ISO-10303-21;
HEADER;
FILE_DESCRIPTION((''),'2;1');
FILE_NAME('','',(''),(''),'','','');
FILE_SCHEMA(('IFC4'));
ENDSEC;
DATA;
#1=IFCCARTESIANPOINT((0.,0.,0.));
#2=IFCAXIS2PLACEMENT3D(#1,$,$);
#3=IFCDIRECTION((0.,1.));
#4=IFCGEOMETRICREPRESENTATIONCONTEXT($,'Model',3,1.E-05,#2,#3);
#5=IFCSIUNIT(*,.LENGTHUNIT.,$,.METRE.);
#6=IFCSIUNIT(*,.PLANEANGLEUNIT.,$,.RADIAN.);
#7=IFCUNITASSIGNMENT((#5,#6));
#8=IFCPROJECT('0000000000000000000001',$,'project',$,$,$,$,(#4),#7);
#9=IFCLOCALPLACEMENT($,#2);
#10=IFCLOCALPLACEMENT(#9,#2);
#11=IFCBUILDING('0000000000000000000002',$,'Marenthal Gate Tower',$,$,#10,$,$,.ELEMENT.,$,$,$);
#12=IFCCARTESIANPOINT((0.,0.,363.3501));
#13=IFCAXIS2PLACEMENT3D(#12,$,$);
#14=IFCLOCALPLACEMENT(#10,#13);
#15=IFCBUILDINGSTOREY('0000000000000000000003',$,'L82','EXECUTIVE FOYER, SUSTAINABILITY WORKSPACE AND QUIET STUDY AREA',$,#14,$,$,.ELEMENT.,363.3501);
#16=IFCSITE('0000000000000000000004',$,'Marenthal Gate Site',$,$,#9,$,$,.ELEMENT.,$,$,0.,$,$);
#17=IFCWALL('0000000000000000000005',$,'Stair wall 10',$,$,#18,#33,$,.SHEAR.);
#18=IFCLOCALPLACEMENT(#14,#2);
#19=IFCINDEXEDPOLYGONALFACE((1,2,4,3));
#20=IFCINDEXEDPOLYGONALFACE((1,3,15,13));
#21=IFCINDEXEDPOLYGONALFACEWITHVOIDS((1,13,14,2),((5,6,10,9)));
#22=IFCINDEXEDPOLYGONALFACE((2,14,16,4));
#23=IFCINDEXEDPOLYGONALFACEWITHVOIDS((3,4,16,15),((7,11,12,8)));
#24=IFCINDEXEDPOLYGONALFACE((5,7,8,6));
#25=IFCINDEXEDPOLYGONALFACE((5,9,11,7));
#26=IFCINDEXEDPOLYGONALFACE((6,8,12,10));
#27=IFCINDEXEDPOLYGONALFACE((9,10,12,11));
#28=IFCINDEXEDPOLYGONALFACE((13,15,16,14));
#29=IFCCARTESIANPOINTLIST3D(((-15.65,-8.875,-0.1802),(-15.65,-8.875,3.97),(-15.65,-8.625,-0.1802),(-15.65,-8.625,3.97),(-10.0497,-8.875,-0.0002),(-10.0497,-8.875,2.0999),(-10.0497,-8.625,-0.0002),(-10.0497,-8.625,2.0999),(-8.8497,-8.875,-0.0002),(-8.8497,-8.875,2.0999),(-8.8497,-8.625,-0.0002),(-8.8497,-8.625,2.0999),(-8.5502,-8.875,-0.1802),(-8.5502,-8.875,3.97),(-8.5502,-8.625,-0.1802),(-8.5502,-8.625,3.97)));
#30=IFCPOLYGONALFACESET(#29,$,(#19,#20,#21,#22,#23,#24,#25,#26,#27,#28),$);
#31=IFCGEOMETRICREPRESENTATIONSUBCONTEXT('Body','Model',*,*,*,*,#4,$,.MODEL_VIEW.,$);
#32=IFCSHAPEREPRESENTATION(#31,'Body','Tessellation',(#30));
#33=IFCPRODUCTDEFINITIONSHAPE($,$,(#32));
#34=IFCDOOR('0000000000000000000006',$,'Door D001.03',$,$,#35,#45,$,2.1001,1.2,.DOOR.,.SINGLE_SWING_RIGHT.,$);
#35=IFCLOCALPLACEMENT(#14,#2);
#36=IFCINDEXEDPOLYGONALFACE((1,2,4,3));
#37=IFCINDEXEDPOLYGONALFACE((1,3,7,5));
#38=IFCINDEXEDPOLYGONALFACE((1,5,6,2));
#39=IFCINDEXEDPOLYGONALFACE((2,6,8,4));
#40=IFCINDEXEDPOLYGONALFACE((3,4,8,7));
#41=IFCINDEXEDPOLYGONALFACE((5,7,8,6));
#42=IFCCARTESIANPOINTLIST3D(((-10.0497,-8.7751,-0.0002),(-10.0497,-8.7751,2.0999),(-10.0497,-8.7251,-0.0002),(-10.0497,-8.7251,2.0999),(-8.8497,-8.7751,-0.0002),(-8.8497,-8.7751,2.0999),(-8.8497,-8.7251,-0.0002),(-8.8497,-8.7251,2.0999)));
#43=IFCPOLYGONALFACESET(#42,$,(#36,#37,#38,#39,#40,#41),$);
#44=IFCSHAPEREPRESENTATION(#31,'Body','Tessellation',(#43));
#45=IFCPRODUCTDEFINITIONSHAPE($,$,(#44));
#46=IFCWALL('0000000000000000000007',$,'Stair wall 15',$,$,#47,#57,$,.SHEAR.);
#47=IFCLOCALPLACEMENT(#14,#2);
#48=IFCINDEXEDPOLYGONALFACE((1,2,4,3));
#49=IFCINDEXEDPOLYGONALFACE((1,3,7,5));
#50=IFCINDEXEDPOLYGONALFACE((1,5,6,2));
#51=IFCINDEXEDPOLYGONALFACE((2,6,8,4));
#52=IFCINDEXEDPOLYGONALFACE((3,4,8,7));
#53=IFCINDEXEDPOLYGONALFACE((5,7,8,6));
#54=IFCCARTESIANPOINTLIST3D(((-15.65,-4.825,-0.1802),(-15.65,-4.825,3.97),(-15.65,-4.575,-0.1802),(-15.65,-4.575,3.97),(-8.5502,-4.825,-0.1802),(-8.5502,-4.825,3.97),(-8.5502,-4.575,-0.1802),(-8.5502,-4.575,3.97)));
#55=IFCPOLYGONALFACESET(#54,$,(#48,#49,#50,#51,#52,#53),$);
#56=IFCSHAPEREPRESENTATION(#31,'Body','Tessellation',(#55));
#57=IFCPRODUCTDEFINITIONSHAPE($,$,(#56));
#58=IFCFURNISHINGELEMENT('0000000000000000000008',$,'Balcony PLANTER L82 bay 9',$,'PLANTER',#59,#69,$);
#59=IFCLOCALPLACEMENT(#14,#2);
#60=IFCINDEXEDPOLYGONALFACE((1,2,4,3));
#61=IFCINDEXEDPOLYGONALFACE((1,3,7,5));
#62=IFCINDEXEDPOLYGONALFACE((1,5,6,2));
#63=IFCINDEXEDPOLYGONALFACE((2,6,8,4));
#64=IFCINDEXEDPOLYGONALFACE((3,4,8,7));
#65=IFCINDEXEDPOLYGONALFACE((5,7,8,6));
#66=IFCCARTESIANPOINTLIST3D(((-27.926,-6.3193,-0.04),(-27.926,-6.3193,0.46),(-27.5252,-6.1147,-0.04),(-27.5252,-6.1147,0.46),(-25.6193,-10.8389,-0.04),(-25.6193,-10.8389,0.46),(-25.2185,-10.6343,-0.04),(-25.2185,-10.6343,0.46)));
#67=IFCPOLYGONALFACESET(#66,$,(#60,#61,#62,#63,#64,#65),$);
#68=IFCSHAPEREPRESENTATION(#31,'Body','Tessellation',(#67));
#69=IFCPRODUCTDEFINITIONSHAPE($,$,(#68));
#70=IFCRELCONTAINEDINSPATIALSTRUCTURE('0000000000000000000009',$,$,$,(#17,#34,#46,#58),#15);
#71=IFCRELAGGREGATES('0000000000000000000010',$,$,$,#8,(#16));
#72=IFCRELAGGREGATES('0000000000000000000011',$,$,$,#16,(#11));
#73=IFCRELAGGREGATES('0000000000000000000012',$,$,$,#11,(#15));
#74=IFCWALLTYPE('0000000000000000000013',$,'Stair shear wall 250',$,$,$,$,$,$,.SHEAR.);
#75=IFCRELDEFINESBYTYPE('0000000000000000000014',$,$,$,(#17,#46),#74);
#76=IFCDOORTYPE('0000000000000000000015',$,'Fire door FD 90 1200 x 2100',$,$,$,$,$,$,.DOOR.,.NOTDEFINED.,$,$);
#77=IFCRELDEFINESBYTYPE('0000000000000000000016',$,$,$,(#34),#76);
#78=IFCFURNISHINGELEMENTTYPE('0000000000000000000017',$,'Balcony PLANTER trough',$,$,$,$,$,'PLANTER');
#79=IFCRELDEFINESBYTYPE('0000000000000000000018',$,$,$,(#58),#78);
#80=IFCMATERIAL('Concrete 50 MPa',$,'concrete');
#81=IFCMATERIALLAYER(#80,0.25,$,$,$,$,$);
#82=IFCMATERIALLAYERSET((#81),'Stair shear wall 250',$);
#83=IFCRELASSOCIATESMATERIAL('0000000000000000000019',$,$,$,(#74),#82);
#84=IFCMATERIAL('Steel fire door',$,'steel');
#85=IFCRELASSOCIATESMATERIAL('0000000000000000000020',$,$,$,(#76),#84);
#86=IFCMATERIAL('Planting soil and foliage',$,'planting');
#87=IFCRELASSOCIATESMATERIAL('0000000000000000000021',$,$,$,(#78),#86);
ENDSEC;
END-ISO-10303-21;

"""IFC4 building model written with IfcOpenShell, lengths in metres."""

from ifc_helpers import new_model, si_unit, direction, frame, frame_2d, origin, origin_2d, place, context, subcontext, project, spatial, rectangle, extrude, material, layer, layer_set, type_object, element, fill, save


model = new_model("IFC4")

# Units and contexts
model_context = context("Model", 3, precision=1e-05, world=origin(), true_north=direction((0.0, 1.0)))
body_context = subcontext(model_context, "Body", "Model", "MODEL_VIEW")
ifc_project = project(units=[si_unit("LENGTHUNIT", "METRE"), si_unit("PLANEANGLEUNIT", "RADIAN")], contexts=[model_context])

# Site, building, storey
site_placement = place(None, origin())
site = spatial("IfcSite", under=ifc_project, at=site_placement, Name="Marenthal Gate Site", CompositionType="ELEMENT", RefElevation=0.0)
building_placement = place(site_placement, origin())
building = spatial("IfcBuilding", under=site, at=building_placement, Name="Marenthal Gate Tower", CompositionType="ELEMENT")
storey_placement = place(building_placement, frame((0.0, 0.0, 363.3501)))
storey = spatial("IfcBuildingStorey", under=building, at=storey_placement, Name="L82", Description="EXECUTIVE FOYER, SUSTAINABILITY WORKSPACE AND QUIET STUDY AREA", CompositionType="ELEMENT", Elevation=363.3501)

# Wall, opening, door
ifc_material_1 = material(Name="Concrete 50 MPa", Category="concrete")
ifc_layer_1 = layer(ifc_material_1, 0.25)
ifc_layer_set_1 = layer_set([ifc_layer_1], Name="Stair shear wall 250")
wall_type_1 = type_object("IfcWallType", Name="Stair shear wall 250", PredefinedType="SHEAR", material=ifc_layer_set_1)
wall_1_placement = place(storey_placement, frame((-15.6499, -8.75, -0.1802), z_axis=(0.0, 0.0, 1.0), x_axis=(1.0, 0.0, 0.0)))
wall_1 = element("IfcWall", 1, at=wall_1_placement, inside=storey, type_object=wall_type_1, Name="Stair wall 10", PredefinedType="SHEAR", context=body_context, shape_type="SweptSolid", body=[
    extrude(rectangle(XDim=7.0999, YDim=0.25, at=frame_2d((3.5498, 0.0))), origin(), (0.0, 0.0, 1.0), 4.1501),
])
opening_1_placement = place(wall_1_placement, frame((5.6001, 0.0, 0.1799)))
opening_1 = element("IfcOpeningElement", 2, at=opening_1_placement, cuts=wall_1, PredefinedType="OPENING", context=body_context, shape_type="SweptSolid", body=[
    extrude(rectangle(XDim=1.2, YDim=2.1001, at=frame_2d((0.6001, 1.05))), frame((0.0, 0.135, 0.0), z_axis=(0.0, -1.0, 0.0), x_axis=(1.0, 0.0, 0.0)), (0.0, 0.0, 1.0), 0.27),
])
ifc_material_2 = material(Name="Steel fire door", Category="steel")
door_type_1 = type_object("IfcDoorType", Name="Fire door FD 90 1200 x 2100", OperationType="NOTDEFINED", PredefinedType="DOOR", material=ifc_material_2)
door_1_placement = place(opening_1_placement, origin())
door_1 = element("IfcDoor", 3, at=door_1_placement, inside=storey, type_object=door_type_1, Name="Door D001.03", OperationType="SINGLE_SWING_RIGHT", OverallHeight=2.1001, OverallWidth=1.2, PredefinedType="DOOR", context=body_context, shape_type="SweptSolid", body=[
    extrude(rectangle(XDim=1.2, YDim=2.1001, at=frame_2d((0.6001, 1.05))), frame((0.0, 0.0249, 0.0), z_axis=(0.0, -1.0, 0.0), x_axis=(1.0, 0.0, 0.0)), (0.0, 0.0, 1.0), 0.05),
])
fill(opening_1, door_1)

# Wall
wall_2_placement = place(storey_placement, frame((-15.6499, -4.7, -0.1802), z_axis=(0.0, 0.0, 1.0), x_axis=(1.0, 0.0, 0.0)))
element("IfcWall", 4, at=wall_2_placement, inside=storey, type_object=wall_type_1, Name="Stair wall 15", PredefinedType="SHEAR", context=body_context, shape_type="SweptSolid", body=[
    extrude(rectangle(XDim=7.0999, YDim=0.25, at=frame_2d((3.5498, 0.0))), origin(), (0.0, 0.0, 1.0), 4.1501),
])

# Furnishing element
ifc_material_3 = material(Name="Planting soil and foliage", Category="planting")
furnishing_element_type = type_object("IfcFurnishingElementType", Name="Balcony PLANTER trough", ElementType="PLANTER", material=ifc_material_3)
furnishing_placement = place(storey_placement, frame((-26.5723, -8.4768, -0.04), z_axis=(0.0, 0.0, 1.0), x_axis=(0.454596, -0.890698, 0.0)))
element("IfcFurnishingElement", 5, at=furnishing_placement, inside=storey, type_object=furnishing_element_type, Name="Balcony PLANTER L82 bay 9", ObjectType="PLANTER", context=body_context, shape_type="SweptSolid", body=[
    extrude(rectangle(XDim=5.0742, YDim=0.45, at=origin_2d()), origin(), (0.0, 0.0, 1.0), 0.5),
])

save(model, "model.ifc")
